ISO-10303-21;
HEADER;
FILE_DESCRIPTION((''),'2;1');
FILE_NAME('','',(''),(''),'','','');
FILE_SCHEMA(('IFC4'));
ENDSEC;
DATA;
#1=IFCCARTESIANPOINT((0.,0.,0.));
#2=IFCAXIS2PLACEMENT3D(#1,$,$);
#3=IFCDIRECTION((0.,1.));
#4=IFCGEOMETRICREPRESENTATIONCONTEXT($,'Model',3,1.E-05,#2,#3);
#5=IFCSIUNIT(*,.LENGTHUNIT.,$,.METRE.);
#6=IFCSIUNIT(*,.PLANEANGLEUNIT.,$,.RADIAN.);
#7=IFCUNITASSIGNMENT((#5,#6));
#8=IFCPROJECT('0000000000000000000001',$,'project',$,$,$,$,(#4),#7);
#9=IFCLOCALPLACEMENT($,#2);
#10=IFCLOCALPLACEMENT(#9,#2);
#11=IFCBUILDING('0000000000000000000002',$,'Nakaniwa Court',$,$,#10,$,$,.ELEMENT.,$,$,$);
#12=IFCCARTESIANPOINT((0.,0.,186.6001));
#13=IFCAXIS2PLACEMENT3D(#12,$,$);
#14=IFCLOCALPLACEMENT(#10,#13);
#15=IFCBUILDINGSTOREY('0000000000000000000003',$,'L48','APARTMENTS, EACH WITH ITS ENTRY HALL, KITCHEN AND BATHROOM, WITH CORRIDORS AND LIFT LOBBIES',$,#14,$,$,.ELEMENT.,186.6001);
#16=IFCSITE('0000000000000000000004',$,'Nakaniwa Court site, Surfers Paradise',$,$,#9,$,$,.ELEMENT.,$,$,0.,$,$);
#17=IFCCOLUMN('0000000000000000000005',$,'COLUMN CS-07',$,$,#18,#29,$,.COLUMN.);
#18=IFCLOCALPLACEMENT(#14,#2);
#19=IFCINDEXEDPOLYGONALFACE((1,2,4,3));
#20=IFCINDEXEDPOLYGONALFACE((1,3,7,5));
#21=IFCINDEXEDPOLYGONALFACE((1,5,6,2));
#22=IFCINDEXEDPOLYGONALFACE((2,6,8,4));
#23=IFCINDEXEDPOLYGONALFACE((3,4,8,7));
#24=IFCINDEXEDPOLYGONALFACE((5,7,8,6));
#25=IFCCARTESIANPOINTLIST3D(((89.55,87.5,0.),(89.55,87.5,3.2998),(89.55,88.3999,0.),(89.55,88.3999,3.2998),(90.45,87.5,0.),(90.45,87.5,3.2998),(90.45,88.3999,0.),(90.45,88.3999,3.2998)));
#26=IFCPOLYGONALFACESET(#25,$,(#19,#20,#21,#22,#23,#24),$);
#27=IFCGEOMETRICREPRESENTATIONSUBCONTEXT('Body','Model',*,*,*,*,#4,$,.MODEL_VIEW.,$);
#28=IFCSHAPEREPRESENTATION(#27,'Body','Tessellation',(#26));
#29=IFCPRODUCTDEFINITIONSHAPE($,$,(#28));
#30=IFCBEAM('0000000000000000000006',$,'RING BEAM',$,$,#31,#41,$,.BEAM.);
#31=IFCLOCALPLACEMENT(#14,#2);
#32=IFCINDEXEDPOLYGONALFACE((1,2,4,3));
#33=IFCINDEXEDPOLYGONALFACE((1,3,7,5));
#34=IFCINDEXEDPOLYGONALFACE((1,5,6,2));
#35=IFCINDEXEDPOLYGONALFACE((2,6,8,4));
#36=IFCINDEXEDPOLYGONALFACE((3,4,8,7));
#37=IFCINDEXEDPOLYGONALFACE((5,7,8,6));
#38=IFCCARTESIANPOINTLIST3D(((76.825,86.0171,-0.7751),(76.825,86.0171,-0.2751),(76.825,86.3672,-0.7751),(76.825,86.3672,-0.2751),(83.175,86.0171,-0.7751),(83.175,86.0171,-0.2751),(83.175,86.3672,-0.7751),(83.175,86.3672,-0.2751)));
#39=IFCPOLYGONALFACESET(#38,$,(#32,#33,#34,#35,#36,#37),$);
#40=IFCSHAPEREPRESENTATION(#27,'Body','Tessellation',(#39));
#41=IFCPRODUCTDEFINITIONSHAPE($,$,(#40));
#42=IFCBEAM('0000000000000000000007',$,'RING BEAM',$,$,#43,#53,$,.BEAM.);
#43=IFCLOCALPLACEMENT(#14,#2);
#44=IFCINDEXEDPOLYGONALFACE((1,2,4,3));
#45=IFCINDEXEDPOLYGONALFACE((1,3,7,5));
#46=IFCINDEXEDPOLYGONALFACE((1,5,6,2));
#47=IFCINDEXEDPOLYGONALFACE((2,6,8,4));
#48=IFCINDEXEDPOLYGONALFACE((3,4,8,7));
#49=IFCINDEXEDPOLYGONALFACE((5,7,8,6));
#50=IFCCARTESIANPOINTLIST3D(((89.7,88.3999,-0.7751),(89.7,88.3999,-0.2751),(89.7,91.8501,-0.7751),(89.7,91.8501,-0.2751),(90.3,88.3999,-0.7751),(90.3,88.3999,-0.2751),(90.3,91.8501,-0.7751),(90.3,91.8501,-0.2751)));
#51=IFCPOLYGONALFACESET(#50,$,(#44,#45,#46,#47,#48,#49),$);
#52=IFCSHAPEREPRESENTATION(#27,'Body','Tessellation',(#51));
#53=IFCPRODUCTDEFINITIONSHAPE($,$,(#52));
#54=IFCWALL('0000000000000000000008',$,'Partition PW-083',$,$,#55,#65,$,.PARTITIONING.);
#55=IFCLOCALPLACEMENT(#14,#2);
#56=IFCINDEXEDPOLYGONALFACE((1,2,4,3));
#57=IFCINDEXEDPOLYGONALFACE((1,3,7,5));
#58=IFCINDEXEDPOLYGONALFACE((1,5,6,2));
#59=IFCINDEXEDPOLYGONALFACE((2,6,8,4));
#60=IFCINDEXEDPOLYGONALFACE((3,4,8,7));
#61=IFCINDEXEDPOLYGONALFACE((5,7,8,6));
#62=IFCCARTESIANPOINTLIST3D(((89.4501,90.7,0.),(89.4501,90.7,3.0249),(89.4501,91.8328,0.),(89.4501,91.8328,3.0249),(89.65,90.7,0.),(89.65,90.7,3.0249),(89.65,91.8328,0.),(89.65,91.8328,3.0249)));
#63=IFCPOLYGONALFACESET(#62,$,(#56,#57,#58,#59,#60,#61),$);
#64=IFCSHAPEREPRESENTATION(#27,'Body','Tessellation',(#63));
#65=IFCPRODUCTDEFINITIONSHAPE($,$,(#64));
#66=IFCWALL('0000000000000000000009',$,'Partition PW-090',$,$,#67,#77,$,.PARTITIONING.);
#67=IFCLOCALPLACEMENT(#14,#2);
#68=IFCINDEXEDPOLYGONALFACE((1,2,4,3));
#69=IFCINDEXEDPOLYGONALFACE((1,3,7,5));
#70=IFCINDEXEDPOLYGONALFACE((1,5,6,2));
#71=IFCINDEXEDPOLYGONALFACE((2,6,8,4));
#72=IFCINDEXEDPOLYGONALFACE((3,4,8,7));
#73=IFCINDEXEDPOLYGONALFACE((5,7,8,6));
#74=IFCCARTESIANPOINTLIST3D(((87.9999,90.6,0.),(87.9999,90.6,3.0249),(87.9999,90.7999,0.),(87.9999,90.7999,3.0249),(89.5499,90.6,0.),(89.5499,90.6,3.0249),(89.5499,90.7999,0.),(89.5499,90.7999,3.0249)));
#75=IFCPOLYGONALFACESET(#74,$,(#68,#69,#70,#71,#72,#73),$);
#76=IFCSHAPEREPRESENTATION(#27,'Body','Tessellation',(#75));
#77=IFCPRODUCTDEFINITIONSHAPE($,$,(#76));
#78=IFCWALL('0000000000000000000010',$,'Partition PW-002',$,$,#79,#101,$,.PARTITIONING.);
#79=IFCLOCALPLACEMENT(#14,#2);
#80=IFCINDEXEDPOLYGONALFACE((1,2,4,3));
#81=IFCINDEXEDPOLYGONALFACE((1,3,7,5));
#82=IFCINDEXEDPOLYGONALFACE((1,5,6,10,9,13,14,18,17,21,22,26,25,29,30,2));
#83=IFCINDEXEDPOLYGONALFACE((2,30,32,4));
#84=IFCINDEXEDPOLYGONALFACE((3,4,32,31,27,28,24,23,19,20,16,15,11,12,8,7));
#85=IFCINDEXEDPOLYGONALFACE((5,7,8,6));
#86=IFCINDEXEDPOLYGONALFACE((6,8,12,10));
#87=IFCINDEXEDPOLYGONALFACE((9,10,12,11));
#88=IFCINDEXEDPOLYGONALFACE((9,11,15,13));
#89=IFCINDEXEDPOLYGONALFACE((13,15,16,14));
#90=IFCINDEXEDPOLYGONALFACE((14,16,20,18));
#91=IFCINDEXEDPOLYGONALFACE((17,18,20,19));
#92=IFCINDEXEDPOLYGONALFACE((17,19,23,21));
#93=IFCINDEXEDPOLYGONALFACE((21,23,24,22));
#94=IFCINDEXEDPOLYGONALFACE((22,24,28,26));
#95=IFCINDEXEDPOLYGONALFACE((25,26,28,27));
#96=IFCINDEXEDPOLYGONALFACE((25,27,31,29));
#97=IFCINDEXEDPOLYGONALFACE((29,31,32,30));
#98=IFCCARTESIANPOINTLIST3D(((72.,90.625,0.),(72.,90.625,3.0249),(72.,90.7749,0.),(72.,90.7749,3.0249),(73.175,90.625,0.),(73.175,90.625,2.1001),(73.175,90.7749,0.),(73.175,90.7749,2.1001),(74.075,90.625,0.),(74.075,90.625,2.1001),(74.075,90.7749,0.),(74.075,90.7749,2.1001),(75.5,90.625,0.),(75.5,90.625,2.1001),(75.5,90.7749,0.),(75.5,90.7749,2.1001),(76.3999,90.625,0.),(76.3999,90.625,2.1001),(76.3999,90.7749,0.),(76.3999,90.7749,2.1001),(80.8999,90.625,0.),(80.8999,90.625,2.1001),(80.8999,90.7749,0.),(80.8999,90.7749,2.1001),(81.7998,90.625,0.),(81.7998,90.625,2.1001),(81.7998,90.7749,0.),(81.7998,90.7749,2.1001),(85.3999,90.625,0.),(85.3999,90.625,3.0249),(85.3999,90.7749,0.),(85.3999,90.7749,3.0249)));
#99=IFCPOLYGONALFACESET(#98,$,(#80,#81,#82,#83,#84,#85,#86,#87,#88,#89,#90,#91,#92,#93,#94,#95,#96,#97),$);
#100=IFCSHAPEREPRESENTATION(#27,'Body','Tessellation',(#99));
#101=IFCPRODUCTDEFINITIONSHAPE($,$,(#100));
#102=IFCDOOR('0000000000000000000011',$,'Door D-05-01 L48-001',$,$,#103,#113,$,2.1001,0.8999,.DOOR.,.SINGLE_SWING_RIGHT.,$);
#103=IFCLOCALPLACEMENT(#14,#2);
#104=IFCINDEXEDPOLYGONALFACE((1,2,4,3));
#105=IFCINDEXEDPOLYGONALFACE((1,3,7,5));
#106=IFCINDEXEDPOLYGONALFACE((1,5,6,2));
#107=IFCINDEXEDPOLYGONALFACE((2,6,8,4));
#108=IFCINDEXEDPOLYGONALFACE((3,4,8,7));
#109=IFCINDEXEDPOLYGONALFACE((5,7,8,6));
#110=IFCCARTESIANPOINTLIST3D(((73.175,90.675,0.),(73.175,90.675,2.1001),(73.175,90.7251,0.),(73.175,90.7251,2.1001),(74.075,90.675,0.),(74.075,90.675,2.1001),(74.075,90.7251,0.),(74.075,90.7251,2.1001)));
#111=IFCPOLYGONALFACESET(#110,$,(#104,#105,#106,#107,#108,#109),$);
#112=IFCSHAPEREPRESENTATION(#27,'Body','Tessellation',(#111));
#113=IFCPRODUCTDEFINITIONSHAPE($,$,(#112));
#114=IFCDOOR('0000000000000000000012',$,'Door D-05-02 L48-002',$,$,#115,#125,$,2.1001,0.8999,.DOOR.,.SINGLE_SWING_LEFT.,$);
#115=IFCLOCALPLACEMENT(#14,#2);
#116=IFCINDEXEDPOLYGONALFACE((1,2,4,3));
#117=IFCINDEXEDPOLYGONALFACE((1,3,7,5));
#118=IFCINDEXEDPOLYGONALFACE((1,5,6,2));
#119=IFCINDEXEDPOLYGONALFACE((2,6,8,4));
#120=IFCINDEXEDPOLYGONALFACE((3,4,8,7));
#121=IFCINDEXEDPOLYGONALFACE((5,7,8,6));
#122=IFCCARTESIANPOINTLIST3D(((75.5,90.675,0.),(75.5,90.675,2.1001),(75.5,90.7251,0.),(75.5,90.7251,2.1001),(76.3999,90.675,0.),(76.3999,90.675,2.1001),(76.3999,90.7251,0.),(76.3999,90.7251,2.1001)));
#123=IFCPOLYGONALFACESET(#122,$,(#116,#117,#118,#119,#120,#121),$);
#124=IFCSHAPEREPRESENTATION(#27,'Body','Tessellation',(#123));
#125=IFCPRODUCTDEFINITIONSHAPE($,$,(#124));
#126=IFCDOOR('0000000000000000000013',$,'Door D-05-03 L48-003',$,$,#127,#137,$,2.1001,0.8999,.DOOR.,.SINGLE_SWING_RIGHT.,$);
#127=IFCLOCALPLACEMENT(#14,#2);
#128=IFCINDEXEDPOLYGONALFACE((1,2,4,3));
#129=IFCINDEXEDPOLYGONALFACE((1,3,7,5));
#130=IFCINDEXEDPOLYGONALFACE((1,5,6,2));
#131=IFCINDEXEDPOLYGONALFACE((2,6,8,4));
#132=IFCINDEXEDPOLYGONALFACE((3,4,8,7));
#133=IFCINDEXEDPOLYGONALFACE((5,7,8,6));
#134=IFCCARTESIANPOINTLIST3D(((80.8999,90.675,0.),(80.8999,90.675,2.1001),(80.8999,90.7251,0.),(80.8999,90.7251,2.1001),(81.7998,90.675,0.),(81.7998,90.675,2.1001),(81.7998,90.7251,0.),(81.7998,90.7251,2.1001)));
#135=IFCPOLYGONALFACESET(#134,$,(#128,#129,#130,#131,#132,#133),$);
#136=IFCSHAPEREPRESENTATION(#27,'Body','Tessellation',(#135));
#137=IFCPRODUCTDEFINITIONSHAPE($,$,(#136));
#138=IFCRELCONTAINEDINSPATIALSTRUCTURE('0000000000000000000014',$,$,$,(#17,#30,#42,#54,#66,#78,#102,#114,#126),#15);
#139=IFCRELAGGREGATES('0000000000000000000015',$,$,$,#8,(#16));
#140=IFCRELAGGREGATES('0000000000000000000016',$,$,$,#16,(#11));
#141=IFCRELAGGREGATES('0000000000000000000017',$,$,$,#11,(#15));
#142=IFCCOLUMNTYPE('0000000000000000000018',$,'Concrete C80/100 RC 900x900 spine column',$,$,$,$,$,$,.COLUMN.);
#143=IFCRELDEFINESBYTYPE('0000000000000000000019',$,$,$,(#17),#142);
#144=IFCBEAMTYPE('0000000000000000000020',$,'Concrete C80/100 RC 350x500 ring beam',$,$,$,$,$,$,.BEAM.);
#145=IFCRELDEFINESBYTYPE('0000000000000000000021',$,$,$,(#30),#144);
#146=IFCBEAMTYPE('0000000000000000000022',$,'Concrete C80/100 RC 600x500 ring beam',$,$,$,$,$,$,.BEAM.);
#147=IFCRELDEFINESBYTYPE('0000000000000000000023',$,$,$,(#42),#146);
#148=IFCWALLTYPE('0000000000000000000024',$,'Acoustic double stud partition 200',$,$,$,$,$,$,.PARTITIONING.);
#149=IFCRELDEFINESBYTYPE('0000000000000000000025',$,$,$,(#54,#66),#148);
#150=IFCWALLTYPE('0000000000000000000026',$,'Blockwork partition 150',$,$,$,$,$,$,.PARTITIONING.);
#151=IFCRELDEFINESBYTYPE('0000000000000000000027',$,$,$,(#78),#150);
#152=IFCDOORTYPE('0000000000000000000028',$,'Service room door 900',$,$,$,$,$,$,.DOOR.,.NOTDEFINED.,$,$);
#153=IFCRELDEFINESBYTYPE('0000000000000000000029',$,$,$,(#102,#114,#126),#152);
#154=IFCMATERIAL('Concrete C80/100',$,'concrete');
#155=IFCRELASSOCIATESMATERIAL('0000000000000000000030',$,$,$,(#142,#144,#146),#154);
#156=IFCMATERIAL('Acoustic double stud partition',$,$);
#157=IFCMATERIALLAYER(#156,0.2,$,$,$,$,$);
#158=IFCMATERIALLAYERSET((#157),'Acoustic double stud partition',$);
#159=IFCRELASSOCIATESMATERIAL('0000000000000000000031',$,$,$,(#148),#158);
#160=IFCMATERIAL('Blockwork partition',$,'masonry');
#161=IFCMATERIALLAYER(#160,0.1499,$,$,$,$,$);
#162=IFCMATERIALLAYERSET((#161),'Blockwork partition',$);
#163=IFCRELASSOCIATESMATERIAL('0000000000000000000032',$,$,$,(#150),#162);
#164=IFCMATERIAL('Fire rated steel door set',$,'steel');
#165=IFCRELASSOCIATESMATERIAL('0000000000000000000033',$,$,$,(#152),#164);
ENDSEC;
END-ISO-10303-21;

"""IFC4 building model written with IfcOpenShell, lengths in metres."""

from ifc_helpers import new_model, si_unit, direction, frame, frame_2d, origin, origin_2d, place, context, subcontext, project, spatial, rectangle, extrude, material, layer, layer_set, material_profile, profile_set, type_object, element, fill, save


model = new_model("IFC4")

# Units and contexts
model_context = context("Model", 3, precision=1e-05, world=origin(), true_north=direction((0.0, 1.0)))
body_context = subcontext(model_context, "Body", "Model", "MODEL_VIEW")
ifc_project = project(units=[si_unit("LENGTHUNIT", "METRE"), si_unit("PLANEANGLEUNIT", "RADIAN")], contexts=[model_context])

# Site, building, storey
site_placement = place(None, origin())
site = spatial("IfcSite", under=ifc_project, at=site_placement, Name="Nakaniwa Court site, Surfers Paradise", CompositionType="ELEMENT", RefElevation=0.0)
building_placement = place(site_placement, origin())
building = spatial("IfcBuilding", under=site, at=building_placement, Name="Nakaniwa Court", CompositionType="ELEMENT")
storey_placement = place(building_placement, frame((0.0, 0.0, 186.6001)))
storey = spatial("IfcBuildingStorey", under=building, at=storey_placement, Name="L48", Description="APARTMENTS, EACH WITH ITS ENTRY HALL, KITCHEN AND BATHROOM, WITH CORRIDORS AND LIFT LOBBIES", CompositionType="ELEMENT", Elevation=186.6001)

# Column
ifc_material_1 = material(Name="Concrete C80/100", Category="concrete")
ifc_material_profile_1 = material_profile(ifc_material_1, rectangle(XDim=0.8999, YDim=0.8999, at=origin_2d()), Name="Concrete C80/100 RC 900x900 spine column")
ifc_profile_set_1 = profile_set([ifc_material_profile_1], Name="Concrete C80/100")
column_type_1 = type_object("IfcColumnType", Name="Concrete C80/100 RC 900x900 spine column", PredefinedType="COLUMN", material=ifc_profile_set_1)
column_1_placement = place(storey_placement, frame((90.0, 87.95, 0.0), z_axis=(0.0, 0.0, 1.0), x_axis=(0.0, 1.0, 0.0)))
element("IfcColumn", 1, at=column_1_placement, inside=storey, type_object=column_type_1, Name="COLUMN CS-07", PredefinedType="COLUMN", context=body_context, shape_type="SweptSolid", body=[
    extrude(rectangle(XDim=0.8999, YDim=0.8999, at=origin_2d()), origin(), (0.0, 0.0, 1.0), 3.2998),
])

# Beams
ifc_material_profile_2 = material_profile(ifc_material_1, rectangle(XDim=0.3501, YDim=0.5, at=origin_2d()), Name="Concrete C80/100 RC 350x500 ring beam")
ifc_profile_set_2 = profile_set([ifc_material_profile_2], Name="Concrete C80/100")
beam_type_1 = type_object("IfcBeamType", Name="Concrete C80/100 RC 350x500 ring beam", PredefinedType="BEAM", material=ifc_profile_set_2)
beam_1_placement = place(storey_placement, frame((83.175, 86.1921, -0.5251), z_axis=(-1.0, 0.0, 0.0), x_axis=(0.0, -1.0, 0.0)))
element("IfcBeam", 2, at=beam_1_placement, inside=storey, type_object=beam_type_1, Name="RING BEAM", PredefinedType="BEAM", context=body_context, shape_type="SweptSolid", body=[
    extrude(rectangle(XDim=0.3501, YDim=0.5, at=origin_2d()), origin(), (0.0, 0.0, 1.0), 6.3501),
])
ifc_material_profile_3 = material_profile(ifc_material_1, rectangle(XDim=0.6001, YDim=0.5, at=origin_2d()), Name="Concrete C80/100 RC 600x500 ring beam")
ifc_profile_set_3 = profile_set([ifc_material_profile_3], Name="Concrete C80/100")
beam_type_2 = type_object("IfcBeamType", Name="Concrete C80/100 RC 600x500 ring beam", PredefinedType="BEAM", material=ifc_profile_set_3)
beam_2_placement = place(storey_placement, frame((90.0, 88.3999, -0.5251), z_axis=(0.0, 1.0, 0.0), x_axis=(-1.0, 0.0, 0.0)))
element("IfcBeam", 3, at=beam_2_placement, inside=storey, type_object=beam_type_2, Name="RING BEAM", PredefinedType="BEAM", context=body_context, shape_type="SweptSolid", body=[
    extrude(rectangle(XDim=0.6001, YDim=0.5, at=origin_2d()), origin(), (0.0, 0.0, 1.0), 3.4502),
])

# Walls
ifc_material_2 = material(Name="Acoustic double stud partition")
ifc_layer_1 = layer(ifc_material_2, 0.2)
ifc_layer_set_1 = layer_set([ifc_layer_1], Name="Acoustic double stud partition")
wall_type_1 = type_object("IfcWallType", Name="Acoustic double stud partition 200", PredefinedType="PARTITIONING", material=ifc_layer_set_1)
wall_1_placement = place(storey_placement, frame((89.55, 90.7, 0.0), z_axis=(0.0, 0.0, 1.0), x_axis=(0.0, 1.0, 0.0)))
element("IfcWall", 4, at=wall_1_placement, inside=storey, type_object=wall_type_1, Name="Partition PW-083", PredefinedType="PARTITIONING", context=body_context, shape_type="SweptSolid", body=[
    extrude(rectangle(XDim=1.1328, YDim=0.2, at=frame_2d((0.5664, 0.0))), origin(), (0.0, 0.0, 1.0), 3.0249),
])
wall_2_placement = place(storey_placement, frame((88.0, 90.7, 0.0), z_axis=(0.0, 0.0, 1.0), x_axis=(1.0, 0.0, 0.0)))
element("IfcWall", 5, at=wall_2_placement, inside=storey, type_object=wall_type_1, Name="Partition PW-090", PredefinedType="PARTITIONING", context=body_context, shape_type="SweptSolid", body=[
    extrude(rectangle(XDim=1.55, YDim=0.2, at=frame_2d((0.7749, 0.0))), origin(), (0.0, 0.0, 1.0), 3.0249),
])

# Wall, openings, doors
ifc_material_3 = material(Name="Blockwork partition", Category="masonry")
ifc_layer_2 = layer(ifc_material_3, 0.1499)
ifc_layer_set_2 = layer_set([ifc_layer_2], Name="Blockwork partition")
wall_type_2 = type_object("IfcWallType", Name="Blockwork partition 150", PredefinedType="PARTITIONING", material=ifc_layer_set_2)
wall_3_placement = place(storey_placement, frame((85.3999, 90.7, 0.0), z_axis=(0.0, 0.0, 1.0), x_axis=(-1.0, 0.0, 0.0)))
wall_3 = element("IfcWall", 6, at=wall_3_placement, inside=storey, type_object=wall_type_2, Name="Partition PW-002", PredefinedType="PARTITIONING", context=body_context, shape_type="SweptSolid", body=[
    extrude(rectangle(XDim=13.3999, YDim=0.1499, at=frame_2d((6.7, 0.0))), origin(), (0.0, 0.0, 1.0), 3.0249),
])
opening_1_placement = place(wall_3_placement, frame((11.325, 0.0, 0.0)))
opening_1 = element("IfcOpeningElement", 7, at=opening_1_placement, cuts=wall_3, PredefinedType="OPENING", context=body_context, shape_type="SweptSolid", body=[
    extrude(rectangle(XDim=0.8999, YDim=2.1001, at=frame_2d((0.45, 1.05))), frame((0.0, 0.085, 0.0), z_axis=(0.0, -1.0, 0.0), x_axis=(1.0, 0.0, 0.0)), (0.0, 0.0, 1.0), 0.1699),
])
opening_2_placement = place(wall_3_placement, frame((9.0, 0.0, 0.0)))
opening_2 = element("IfcOpeningElement", 8, at=opening_2_placement, cuts=wall_3, PredefinedType="OPENING", context=body_context, shape_type="SweptSolid", body=[
    extrude(rectangle(XDim=0.8999, YDim=2.1001, at=frame_2d((0.45, 1.05))), frame((0.0, 0.085, 0.0), z_axis=(0.0, -1.0, 0.0), x_axis=(1.0, 0.0, 0.0)), (0.0, 0.0, 1.0), 0.1699),
])
opening_3_placement = place(wall_3_placement, frame((3.6001, 0.0, 0.0)))
opening_3 = element("IfcOpeningElement", 9, at=opening_3_placement, cuts=wall_3, PredefinedType="OPENING", context=body_context, shape_type="SweptSolid", body=[
    extrude(rectangle(XDim=0.8999, YDim=2.1001, at=frame_2d((0.45, 1.05))), frame((0.0, 0.085, 0.0), z_axis=(0.0, -1.0, 0.0), x_axis=(1.0, 0.0, 0.0)), (0.0, 0.0, 1.0), 0.1699),
])
ifc_material_4 = material(Name="Fire rated steel door set", Category="steel")
door_type_1 = type_object("IfcDoorType", Name="Service room door 900", OperationType="NOTDEFINED", PredefinedType="DOOR", material=ifc_material_4)
door_1_placement = place(opening_1_placement, origin())
door_1 = element("IfcDoor", 10, at=door_1_placement, inside=storey, type_object=door_type_1, Name="Door D-05-01 L48-001", OperationType="SINGLE_SWING_RIGHT", OverallHeight=2.1001, OverallWidth=0.8999, PredefinedType="DOOR", context=body_context, shape_type="SweptSolid", body=[
    extrude(rectangle(XDim=0.8999, YDim=2.1001, at=frame_2d((0.45, 1.05))), frame((0.0, 0.0249, 0.0), z_axis=(0.0, -1.0, 0.0), x_axis=(1.0, 0.0, 0.0)), (0.0, 0.0, 1.0), 0.05),
])
fill(opening_1, door_1)
door_2_placement = place(opening_2_placement, origin())
door_2 = element("IfcDoor", 11, at=door_2_placement, inside=storey, type_object=door_type_1, Name="Door D-05-02 L48-002", OperationType="SINGLE_SWING_LEFT", OverallHeight=2.1001, OverallWidth=0.8999, PredefinedType="DOOR", context=body_context, shape_type="SweptSolid", body=[
    extrude(rectangle(XDim=0.8999, YDim=2.1001, at=frame_2d((0.45, 1.05))), frame((0.0, 0.0249, 0.0), z_axis=(0.0, -1.0, 0.0), x_axis=(1.0, 0.0, 0.0)), (0.0, 0.0, 1.0), 0.05),
])
fill(opening_2, door_2)
door_3_placement = place(opening_3_placement, origin())
door_3 = element("IfcDoor", 12, at=door_3_placement, inside=storey, type_object=door_type_1, Name="Door D-05-03 L48-003", OperationType="SINGLE_SWING_RIGHT", OverallHeight=2.1001, OverallWidth=0.8999, PredefinedType="DOOR", context=body_context, shape_type="SweptSolid", body=[
    extrude(rectangle(XDim=0.8999, YDim=2.1001, at=frame_2d((0.45, 1.05))), frame((0.0, 0.0249, 0.0), z_axis=(0.0, -1.0, 0.0), x_axis=(1.0, 0.0, 0.0)), (0.0, 0.0, 1.0), 0.05),
])
fill(opening_3, door_3)

save(model, "model.ifc")
